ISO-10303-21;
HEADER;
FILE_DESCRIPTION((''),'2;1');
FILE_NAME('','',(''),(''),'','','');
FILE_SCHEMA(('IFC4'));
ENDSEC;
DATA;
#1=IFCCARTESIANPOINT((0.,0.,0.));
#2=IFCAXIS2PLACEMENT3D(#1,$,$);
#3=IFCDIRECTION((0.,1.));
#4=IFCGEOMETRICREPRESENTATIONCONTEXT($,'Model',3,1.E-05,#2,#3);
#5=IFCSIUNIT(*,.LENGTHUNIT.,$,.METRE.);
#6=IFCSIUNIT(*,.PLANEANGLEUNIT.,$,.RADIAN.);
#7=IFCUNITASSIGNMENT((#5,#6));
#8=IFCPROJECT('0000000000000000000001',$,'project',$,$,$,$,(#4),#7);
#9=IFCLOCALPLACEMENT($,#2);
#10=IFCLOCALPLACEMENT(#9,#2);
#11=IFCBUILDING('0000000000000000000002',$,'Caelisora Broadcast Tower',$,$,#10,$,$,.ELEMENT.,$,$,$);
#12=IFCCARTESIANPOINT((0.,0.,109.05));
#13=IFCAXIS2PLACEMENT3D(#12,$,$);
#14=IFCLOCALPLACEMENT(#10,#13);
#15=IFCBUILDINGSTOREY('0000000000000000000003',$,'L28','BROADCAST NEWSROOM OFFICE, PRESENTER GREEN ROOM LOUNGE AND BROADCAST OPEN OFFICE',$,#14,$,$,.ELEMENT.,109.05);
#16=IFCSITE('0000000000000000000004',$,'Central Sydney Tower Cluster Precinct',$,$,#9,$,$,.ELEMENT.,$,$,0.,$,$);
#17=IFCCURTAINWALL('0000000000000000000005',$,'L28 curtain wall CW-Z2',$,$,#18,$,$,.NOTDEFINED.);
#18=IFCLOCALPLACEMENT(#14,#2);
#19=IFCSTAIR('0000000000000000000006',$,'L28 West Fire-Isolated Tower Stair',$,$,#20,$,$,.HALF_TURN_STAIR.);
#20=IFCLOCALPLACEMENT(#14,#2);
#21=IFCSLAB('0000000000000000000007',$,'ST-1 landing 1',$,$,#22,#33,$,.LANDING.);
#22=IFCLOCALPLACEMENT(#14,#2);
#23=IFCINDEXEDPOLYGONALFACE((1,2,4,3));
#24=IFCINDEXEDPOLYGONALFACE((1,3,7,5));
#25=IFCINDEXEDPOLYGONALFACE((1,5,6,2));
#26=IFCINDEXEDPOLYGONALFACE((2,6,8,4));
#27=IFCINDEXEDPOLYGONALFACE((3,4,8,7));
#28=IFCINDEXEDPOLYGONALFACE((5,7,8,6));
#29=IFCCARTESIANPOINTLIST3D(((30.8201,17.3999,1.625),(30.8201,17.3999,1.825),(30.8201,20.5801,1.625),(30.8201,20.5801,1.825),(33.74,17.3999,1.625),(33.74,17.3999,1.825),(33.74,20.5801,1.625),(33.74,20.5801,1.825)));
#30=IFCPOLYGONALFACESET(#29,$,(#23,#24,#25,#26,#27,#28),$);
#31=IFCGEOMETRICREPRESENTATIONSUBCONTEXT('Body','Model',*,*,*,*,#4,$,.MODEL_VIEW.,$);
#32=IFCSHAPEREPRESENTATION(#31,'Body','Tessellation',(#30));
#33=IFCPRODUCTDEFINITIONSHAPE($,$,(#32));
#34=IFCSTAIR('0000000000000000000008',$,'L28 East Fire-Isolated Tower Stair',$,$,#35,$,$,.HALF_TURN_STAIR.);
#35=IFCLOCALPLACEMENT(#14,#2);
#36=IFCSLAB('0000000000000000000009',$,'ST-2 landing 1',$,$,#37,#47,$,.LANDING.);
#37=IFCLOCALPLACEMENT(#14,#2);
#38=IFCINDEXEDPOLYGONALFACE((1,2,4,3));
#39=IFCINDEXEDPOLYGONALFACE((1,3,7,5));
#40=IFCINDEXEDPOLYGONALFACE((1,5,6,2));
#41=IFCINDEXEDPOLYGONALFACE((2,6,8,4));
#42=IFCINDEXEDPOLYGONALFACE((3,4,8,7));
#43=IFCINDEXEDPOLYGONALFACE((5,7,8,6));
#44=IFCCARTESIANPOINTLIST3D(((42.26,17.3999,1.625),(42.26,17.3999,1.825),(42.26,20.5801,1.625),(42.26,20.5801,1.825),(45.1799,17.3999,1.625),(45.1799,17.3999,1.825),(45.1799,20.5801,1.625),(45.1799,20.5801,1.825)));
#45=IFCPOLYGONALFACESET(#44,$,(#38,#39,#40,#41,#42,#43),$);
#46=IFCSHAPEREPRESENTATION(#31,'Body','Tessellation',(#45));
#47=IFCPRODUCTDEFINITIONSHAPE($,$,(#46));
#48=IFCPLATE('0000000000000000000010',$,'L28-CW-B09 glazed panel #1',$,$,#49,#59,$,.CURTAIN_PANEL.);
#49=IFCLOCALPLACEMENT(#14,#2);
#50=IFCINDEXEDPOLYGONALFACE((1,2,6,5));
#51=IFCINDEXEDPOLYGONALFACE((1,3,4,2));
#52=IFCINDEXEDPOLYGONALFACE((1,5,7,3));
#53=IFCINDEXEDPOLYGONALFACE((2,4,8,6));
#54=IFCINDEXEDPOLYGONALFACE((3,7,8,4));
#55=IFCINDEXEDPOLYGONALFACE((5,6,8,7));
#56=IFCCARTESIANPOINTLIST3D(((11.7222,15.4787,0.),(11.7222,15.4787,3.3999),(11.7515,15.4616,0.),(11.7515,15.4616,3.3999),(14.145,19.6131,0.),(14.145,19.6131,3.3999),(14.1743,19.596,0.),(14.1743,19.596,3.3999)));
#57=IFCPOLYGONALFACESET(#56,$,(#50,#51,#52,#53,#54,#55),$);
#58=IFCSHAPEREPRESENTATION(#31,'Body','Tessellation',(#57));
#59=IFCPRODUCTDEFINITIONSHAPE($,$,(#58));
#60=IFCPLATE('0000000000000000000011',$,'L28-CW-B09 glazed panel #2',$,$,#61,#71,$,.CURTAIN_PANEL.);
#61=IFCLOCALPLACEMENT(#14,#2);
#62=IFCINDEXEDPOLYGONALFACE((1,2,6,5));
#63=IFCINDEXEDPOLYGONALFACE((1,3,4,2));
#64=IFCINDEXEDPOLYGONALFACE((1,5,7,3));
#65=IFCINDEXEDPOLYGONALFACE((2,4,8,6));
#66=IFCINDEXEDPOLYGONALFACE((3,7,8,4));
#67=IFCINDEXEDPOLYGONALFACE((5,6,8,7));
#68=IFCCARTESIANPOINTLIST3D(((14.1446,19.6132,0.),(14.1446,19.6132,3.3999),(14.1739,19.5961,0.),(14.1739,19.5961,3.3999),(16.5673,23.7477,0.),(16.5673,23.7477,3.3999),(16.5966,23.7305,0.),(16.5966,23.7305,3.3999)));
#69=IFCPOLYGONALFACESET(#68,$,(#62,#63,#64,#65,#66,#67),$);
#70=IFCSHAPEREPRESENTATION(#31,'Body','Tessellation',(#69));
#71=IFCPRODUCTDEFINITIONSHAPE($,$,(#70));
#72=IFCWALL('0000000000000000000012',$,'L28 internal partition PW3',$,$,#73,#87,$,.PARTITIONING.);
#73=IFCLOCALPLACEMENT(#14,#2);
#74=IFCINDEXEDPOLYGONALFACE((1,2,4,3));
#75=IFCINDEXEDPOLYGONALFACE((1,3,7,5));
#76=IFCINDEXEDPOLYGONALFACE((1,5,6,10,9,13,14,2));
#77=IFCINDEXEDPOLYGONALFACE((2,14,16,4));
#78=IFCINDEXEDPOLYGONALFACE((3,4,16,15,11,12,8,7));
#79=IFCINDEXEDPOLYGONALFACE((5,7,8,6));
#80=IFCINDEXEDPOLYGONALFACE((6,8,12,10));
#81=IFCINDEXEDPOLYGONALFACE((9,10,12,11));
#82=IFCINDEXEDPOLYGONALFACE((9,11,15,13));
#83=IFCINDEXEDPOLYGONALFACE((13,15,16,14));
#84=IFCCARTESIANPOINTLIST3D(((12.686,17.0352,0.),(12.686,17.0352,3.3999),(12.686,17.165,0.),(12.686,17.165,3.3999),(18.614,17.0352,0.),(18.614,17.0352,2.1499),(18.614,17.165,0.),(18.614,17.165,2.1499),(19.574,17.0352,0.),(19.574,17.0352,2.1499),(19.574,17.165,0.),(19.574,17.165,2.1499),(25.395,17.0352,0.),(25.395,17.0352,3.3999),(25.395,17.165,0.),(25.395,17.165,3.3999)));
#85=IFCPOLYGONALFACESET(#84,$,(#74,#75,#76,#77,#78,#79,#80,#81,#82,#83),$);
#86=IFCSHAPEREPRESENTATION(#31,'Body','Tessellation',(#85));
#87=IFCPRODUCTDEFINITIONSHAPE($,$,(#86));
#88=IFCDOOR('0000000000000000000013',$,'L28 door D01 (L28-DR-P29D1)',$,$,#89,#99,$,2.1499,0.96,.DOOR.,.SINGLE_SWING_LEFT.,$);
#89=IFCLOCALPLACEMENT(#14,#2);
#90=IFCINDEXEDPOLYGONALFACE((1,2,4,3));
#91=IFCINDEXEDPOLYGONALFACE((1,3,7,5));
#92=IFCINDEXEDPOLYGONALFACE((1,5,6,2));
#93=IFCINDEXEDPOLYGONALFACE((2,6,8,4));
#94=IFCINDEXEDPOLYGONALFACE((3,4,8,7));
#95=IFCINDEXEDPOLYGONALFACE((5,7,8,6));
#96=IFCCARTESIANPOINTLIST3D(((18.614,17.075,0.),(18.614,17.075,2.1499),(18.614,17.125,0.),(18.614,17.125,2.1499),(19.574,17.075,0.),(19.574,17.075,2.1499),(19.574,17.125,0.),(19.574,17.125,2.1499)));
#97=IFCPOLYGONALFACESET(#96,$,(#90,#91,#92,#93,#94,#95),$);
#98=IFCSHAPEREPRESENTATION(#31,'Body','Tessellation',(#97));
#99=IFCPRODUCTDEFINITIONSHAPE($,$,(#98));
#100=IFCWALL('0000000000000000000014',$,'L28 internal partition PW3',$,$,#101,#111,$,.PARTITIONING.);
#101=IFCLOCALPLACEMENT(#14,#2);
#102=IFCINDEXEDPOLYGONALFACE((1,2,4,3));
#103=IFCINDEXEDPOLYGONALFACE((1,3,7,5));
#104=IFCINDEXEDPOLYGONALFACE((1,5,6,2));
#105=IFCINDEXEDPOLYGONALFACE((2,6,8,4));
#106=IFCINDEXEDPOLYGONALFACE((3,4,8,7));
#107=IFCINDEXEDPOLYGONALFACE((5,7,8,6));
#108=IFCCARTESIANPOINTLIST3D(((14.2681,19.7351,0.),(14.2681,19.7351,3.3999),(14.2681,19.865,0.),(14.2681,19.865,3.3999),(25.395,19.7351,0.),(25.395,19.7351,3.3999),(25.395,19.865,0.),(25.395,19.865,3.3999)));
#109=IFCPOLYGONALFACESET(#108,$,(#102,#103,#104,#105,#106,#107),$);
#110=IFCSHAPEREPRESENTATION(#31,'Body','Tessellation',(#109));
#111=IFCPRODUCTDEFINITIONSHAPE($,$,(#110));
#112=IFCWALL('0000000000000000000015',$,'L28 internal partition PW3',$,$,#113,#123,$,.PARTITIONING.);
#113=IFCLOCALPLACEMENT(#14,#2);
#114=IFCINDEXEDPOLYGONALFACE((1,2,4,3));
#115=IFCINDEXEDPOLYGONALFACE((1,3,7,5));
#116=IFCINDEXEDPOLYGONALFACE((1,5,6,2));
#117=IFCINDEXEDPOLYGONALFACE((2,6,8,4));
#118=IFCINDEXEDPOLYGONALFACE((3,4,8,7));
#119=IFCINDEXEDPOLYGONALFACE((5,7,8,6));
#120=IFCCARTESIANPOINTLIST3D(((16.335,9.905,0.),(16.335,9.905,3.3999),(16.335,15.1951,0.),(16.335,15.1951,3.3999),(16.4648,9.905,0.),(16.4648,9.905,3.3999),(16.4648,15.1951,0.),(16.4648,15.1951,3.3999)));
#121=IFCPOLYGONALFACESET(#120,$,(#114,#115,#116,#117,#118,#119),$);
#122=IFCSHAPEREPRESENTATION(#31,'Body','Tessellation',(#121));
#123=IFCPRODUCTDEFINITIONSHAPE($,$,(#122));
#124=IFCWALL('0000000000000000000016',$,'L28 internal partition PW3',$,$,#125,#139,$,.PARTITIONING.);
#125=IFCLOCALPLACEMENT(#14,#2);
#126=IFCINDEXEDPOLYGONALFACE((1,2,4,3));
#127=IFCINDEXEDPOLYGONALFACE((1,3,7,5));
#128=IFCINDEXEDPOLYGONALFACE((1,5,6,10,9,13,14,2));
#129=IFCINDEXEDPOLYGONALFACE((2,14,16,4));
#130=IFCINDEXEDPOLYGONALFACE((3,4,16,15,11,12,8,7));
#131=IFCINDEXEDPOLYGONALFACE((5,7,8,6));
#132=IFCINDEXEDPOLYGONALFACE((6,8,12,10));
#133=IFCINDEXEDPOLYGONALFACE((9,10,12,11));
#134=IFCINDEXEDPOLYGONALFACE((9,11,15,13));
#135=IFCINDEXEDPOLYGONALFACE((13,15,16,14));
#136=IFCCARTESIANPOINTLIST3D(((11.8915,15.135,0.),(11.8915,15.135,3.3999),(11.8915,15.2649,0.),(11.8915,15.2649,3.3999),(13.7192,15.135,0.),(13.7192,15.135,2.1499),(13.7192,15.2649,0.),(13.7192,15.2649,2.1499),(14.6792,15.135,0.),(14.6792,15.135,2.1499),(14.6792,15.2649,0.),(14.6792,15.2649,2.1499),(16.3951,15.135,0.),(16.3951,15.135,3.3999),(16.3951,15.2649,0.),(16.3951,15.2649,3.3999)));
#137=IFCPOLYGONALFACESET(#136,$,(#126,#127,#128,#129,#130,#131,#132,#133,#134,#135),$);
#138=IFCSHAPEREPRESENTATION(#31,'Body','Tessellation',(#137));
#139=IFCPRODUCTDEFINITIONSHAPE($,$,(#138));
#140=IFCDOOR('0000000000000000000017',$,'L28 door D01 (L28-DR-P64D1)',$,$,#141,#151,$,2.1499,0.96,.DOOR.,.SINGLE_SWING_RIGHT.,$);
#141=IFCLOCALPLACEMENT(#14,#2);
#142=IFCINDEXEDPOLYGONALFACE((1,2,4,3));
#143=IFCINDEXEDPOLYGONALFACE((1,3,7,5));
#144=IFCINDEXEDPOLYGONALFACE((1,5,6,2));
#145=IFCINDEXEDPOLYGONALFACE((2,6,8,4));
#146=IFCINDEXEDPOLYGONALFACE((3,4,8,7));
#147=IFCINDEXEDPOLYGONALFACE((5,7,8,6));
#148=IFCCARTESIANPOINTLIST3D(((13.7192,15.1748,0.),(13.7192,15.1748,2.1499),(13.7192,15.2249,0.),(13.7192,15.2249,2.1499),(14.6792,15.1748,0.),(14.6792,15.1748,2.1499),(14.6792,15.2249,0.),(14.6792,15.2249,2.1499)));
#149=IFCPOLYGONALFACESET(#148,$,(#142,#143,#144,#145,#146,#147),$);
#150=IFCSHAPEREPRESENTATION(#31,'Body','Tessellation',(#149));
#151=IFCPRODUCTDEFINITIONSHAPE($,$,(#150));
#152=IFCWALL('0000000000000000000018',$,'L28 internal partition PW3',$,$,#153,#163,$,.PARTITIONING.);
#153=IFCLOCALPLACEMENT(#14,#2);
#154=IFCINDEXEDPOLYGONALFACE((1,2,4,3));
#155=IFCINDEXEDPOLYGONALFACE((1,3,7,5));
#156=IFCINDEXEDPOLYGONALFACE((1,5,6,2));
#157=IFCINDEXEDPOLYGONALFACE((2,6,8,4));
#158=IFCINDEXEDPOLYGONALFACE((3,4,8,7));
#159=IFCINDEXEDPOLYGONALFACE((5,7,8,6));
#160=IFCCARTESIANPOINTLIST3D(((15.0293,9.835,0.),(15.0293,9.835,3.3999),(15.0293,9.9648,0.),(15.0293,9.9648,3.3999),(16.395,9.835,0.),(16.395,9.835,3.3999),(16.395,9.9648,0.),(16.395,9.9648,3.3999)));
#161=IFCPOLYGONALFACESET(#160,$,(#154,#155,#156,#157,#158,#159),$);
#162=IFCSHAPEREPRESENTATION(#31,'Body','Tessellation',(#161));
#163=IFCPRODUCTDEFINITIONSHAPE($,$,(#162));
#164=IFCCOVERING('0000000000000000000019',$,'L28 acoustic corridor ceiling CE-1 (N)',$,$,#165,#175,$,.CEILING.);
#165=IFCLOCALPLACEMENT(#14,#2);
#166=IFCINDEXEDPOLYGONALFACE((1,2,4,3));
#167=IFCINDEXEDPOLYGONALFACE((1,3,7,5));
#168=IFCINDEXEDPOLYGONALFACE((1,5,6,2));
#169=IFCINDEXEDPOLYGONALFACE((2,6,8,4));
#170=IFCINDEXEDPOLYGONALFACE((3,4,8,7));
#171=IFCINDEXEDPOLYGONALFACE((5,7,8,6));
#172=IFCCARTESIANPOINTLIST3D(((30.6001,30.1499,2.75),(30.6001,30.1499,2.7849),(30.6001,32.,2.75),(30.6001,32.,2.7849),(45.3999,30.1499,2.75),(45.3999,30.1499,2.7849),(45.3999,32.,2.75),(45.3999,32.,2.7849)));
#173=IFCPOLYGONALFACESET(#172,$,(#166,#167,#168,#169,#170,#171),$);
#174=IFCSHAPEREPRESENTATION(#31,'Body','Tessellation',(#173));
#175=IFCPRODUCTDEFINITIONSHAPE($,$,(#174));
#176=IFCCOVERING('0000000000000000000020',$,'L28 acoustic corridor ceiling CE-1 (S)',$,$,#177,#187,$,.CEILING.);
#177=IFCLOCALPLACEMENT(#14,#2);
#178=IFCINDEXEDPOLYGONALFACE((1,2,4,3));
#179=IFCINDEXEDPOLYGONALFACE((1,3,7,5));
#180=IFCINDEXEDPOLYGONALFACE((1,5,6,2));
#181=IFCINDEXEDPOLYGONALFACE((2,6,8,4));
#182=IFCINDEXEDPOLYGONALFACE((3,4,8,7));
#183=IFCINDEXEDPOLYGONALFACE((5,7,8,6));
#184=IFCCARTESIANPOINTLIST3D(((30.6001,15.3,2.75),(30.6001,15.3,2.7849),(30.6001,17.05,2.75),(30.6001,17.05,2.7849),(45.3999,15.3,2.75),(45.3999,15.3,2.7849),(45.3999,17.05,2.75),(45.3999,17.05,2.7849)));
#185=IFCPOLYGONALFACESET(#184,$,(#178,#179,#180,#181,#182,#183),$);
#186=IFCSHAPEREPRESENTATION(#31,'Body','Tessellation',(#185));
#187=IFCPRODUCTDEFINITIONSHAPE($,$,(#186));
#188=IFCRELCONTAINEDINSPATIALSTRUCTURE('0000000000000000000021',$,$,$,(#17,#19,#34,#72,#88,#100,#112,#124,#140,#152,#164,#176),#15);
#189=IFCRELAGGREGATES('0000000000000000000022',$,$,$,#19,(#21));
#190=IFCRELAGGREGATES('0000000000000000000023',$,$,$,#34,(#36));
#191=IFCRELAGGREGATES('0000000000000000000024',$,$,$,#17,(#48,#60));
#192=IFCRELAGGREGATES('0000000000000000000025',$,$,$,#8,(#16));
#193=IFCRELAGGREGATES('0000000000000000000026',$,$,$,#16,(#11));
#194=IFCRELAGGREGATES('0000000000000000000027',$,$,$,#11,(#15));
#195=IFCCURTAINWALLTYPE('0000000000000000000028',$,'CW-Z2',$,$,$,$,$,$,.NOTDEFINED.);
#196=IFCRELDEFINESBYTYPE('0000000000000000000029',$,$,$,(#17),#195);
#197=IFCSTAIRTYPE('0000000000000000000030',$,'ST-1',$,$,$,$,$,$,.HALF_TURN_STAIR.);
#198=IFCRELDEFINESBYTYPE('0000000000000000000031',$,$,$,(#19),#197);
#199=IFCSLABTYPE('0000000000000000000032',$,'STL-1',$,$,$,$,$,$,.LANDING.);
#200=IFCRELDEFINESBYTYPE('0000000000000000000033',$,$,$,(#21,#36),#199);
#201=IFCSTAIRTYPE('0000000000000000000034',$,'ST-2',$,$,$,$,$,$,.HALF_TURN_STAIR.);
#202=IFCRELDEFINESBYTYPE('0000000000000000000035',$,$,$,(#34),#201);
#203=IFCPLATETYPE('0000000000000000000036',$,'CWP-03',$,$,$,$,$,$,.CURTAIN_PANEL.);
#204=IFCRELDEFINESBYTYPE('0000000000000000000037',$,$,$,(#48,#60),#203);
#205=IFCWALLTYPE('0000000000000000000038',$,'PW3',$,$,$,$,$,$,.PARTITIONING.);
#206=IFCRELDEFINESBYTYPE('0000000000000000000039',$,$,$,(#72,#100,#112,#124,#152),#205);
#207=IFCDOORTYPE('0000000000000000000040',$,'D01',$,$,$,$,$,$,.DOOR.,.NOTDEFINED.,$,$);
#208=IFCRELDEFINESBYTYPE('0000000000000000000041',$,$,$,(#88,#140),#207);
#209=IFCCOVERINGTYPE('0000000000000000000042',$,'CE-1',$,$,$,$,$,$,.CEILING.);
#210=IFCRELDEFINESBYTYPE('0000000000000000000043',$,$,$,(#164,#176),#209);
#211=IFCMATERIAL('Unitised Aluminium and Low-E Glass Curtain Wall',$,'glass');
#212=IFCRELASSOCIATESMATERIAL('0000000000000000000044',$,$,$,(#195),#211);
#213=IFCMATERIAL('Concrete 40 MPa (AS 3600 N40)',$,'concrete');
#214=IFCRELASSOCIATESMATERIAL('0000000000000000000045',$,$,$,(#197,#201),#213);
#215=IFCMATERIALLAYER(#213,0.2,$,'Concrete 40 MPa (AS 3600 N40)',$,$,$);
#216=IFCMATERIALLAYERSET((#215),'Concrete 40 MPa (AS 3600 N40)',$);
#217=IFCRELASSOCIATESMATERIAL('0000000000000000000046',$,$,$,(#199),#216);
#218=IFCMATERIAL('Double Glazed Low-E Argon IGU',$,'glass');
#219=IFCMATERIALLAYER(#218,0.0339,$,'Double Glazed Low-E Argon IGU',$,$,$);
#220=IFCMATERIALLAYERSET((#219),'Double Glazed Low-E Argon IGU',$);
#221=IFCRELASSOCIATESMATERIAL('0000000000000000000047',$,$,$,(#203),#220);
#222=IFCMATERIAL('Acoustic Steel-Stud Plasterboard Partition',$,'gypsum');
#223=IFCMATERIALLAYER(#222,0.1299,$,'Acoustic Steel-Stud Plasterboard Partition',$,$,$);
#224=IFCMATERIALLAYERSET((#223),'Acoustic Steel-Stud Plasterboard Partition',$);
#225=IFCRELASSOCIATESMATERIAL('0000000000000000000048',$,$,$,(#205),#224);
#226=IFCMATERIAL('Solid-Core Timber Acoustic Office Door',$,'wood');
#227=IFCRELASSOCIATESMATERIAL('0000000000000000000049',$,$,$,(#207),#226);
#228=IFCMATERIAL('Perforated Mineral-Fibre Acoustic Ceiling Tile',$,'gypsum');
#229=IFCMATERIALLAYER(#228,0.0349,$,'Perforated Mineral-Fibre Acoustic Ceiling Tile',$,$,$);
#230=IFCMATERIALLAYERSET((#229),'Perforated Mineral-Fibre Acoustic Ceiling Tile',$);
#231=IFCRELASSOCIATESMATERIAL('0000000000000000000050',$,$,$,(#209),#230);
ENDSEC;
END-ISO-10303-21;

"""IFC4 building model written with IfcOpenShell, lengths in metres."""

from ifc_helpers import new_model, si_unit, direction, frame, frame_2d, origin, origin_2d, place, context, subcontext, project, spatial, polyline, rectangle, outline, extrude, source, transform, mapped, material, layer, layer_set, type_object, type_shapes, element, fill, aggregate, save


model = new_model("IFC4")

# Units and contexts
model_context = context("Model", 3, precision=1e-05, world=origin(), true_north=direction((0.0, 1.0)))
body_context = subcontext(model_context, "Body", "Model", "MODEL_VIEW")
ifc_project = project(units=[si_unit("LENGTHUNIT", "METRE"), si_unit("PLANEANGLEUNIT", "RADIAN")], contexts=[model_context])

# Site, building, storey
site_placement = place(None, origin())
site = spatial("IfcSite", under=ifc_project, at=site_placement, Name="Central Sydney Tower Cluster Precinct", CompositionType="ELEMENT", RefElevation=0.0)
building_placement = place(site_placement, origin())
building = spatial("IfcBuilding", under=site, at=building_placement, Name="Caelisora Broadcast Tower", CompositionType="ELEMENT")
storey_placement = place(building_placement, frame((0.0, 0.0, 109.05)))
storey = spatial("IfcBuildingStorey", under=building, at=storey_placement, Name="L28", Description="BROADCAST NEWSROOM OFFICE, PRESENTER GREEN ROOM LOUNGE AND BROADCAST OPEN OFFICE", CompositionType="ELEMENT", Elevation=109.05)

# Curtain wall
ifc_material_1 = material(Name="Unitised Aluminium and Low-E Glass Curtain Wall", Category="glass")
curtain_wall_type = type_object("IfcCurtainWallType", Name="CW-Z2", PredefinedType="NOTDEFINED", material=ifc_material_1)
curtain_wall_placement = place(storey_placement, origin())
curtain_wall = element("IfcCurtainWall", 1, at=curtain_wall_placement, inside=storey, type_object=curtain_wall_type, Name="L28 curtain wall CW-Z2", PredefinedType="NOTDEFINED")

# Shared definitions
ifc_material_2 = material(Name="Concrete 40 MPa (AS 3600 N40)", Category="concrete")

# Stairs, slabs
stair_type_1 = type_object("IfcStairType", Name="ST-1", PredefinedType="HALF_TURN_STAIR", material=ifc_material_2)
stair_1_placement = place(storey_placement, origin())
stair_1 = element("IfcStair", 2, at=stair_1_placement, inside=storey, type_object=stair_type_1, Name="L28 West Fire-Isolated Tower Stair", PredefinedType="HALF_TURN_STAIR")
ifc_layer_1 = layer(ifc_material_2, 0.2, Name="Concrete 40 MPa (AS 3600 N40)")
ifc_layer_set_1 = layer_set([ifc_layer_1], Name="Concrete 40 MPa (AS 3600 N40)")
slab_type_1 = type_object("IfcSlabType", Name="STL-1", PredefinedType="LANDING", material=ifc_layer_set_1)
slab_1_placement = place(storey_placement, frame((0.0, 0.0, 1.625)))
slab_1 = element("IfcSlab", 3, at=slab_1_placement, type_object=slab_type_1, Name="ST-1 landing 1", PredefinedType="LANDING", context=body_context, shape_type="SweptSolid", body=[
    extrude(outline(polyline([(30.8201, 20.5801), (30.8201, 17.3999), (33.74, 17.3999), (33.74, 20.5801), (30.8201, 20.5801)])), origin(), (0.0, 0.0, 1.0), 0.2),
])
aggregate(stair_1, [slab_1])
stair_type_2 = type_object("IfcStairType", Name="ST-2", PredefinedType="HALF_TURN_STAIR", material=ifc_material_2)
stair_2_placement = place(storey_placement, origin())
stair_2 = element("IfcStair", 4, at=stair_2_placement, inside=storey, type_object=stair_type_2, Name="L28 East Fire-Isolated Tower Stair", PredefinedType="HALF_TURN_STAIR")
slab_2_placement = place(storey_placement, frame((0.0, 0.0, 1.625)))
slab_2 = element("IfcSlab", 5, at=slab_2_placement, type_object=slab_type_1, Name="ST-2 landing 1", PredefinedType="LANDING", context=body_context, shape_type="SweptSolid", body=[
    extrude(outline(polyline([(42.26, 20.5801), (42.26, 17.3999), (45.1799, 17.3999), (45.1799, 20.5801), (42.26, 20.5801)])), origin(), (0.0, 0.0, 1.0), 0.2),
])
aggregate(stair_2, [slab_2])

# Plates
ifc_material_3 = material(Name="Double Glazed Low-E Argon IGU", Category="glass")
ifc_layer_2 = layer(ifc_material_3, 0.0339, Name="Double Glazed Low-E Argon IGU")
ifc_layer_set_2 = layer_set([ifc_layer_2], Name="Double Glazed Low-E Argon IGU")
plate_type = type_object("IfcPlateType", Name="CWP-03", PredefinedType="CURTAIN_PANEL", material=ifc_layer_set_2)
shared_shape_1 = source(origin(), body_context, "Body", "SweptSolid", [
    extrude(rectangle(XDim=4.792, YDim=0.0339, at=origin_2d()), origin(), (0.0, 0.0, 1.0), 3.3999),
])
type_shapes(plate_type, [shared_shape_1])
plate_1_placement = place(storey_placement, frame((12.9482, 17.5374, 0.0), z_axis=(0.0, 0.0, 1.0), x_axis=(0.505582, 0.862779, 0.0)))
plate_1 = element("IfcPlate", 6, at=plate_1_placement, type_object=plate_type, Name="L28-CW-B09 glazed panel #1", PredefinedType="CURTAIN_PANEL", context=body_context, shape_type="MappedRepresentation", body=[
    mapped(shared_shape_1, transform((0.0, 0.0, 0.0), scale=1.0)),
])
plate_2_placement = place(storey_placement, frame((15.3706, 21.6719, 0.0), z_axis=(0.0, 0.0, 1.0), x_axis=(0.505582, 0.862779, 0.0)))
plate_2 = element("IfcPlate", 7, at=plate_2_placement, type_object=plate_type, Name="L28-CW-B09 glazed panel #2", PredefinedType="CURTAIN_PANEL", context=body_context, shape_type="MappedRepresentation", body=[
    mapped(shared_shape_1, transform((0.0, 0.0, 0.0), scale=1.0)),
])
aggregate(curtain_wall, [plate_1, plate_2])

# Wall, opening, door
ifc_material_4 = material(Name="Acoustic Steel-Stud Plasterboard Partition", Category="gypsum")
ifc_layer_3 = layer(ifc_material_4, 0.1299, Name="Acoustic Steel-Stud Plasterboard Partition")
ifc_layer_set_3 = layer_set([ifc_layer_3], Name="Acoustic Steel-Stud Plasterboard Partition")
wall_type = type_object("IfcWallType", Name="PW3", PredefinedType="PARTITIONING", material=ifc_layer_set_3)
wall_1_placement = place(storey_placement, frame((12.686, 17.1001, 0.0), z_axis=(0.0, 0.0, 1.0), x_axis=(1.0, 0.0, 0.0)))
wall_1 = element("IfcWall", 8, at=wall_1_placement, inside=storey, type_object=wall_type, Name="L28 internal partition PW3", PredefinedType="PARTITIONING", context=body_context, shape_type="SweptSolid", body=[
    extrude(rectangle(XDim=12.709, YDim=0.1299, at=frame_2d((6.3545, 0.0))), origin(), (0.0, 0.0, 1.0), 3.3999),
])
opening_1_placement = place(wall_1_placement, frame((5.928, 0.0, 0.0)))
opening_1 = element("IfcOpeningElement", 9, at=opening_1_placement, cuts=wall_1, PredefinedType="OPENING", context=body_context, shape_type="SweptSolid", body=[
    extrude(rectangle(XDim=0.96, YDim=2.1499, at=frame_2d((0.48, 1.075))), frame((0.0, 0.0769, 0.0), z_axis=(0.0, -1.0, 0.0), x_axis=(1.0, 0.0, 0.0)), (0.0, 0.0, 1.0), 0.1538),
])
ifc_material_5 = material(Name="Solid-Core Timber Acoustic Office Door", Category="wood")
door_type = type_object("IfcDoorType", Name="D01", OperationType="NOTDEFINED", PredefinedType="DOOR", material=ifc_material_5)
door_1_placement = place(opening_1_placement, origin())
door_1 = element("IfcDoor", 10, at=door_1_placement, inside=storey, type_object=door_type, Name="L28 door D01 (L28-DR-P29D1)", OperationType="SINGLE_SWING_LEFT", OverallHeight=2.1499, OverallWidth=0.96, PredefinedType="DOOR", context=body_context, shape_type="SweptSolid", body=[
    extrude(rectangle(XDim=0.96, YDim=2.1499, at=frame_2d((0.48, 1.075))), frame((0.0, 0.0249, 0.0), z_axis=(0.0, -1.0, 0.0), x_axis=(1.0, 0.0, 0.0)), (0.0, 0.0, 1.0), 0.05),
])
fill(opening_1, door_1)

# Walls
wall_2_placement = place(storey_placement, frame((14.2681, 19.8, 0.0), z_axis=(0.0, 0.0, 1.0), x_axis=(1.0, 0.0, 0.0)))
element("IfcWall", 11, at=wall_2_placement, inside=storey, type_object=wall_type, Name="L28 internal partition PW3", PredefinedType="PARTITIONING", context=body_context, shape_type="SweptSolid", body=[
    extrude(rectangle(XDim=11.127, YDim=0.1299, at=frame_2d((5.5635, 0.0))), origin(), (0.0, 0.0, 1.0), 3.3999),
])
wall_3_placement = place(storey_placement, frame((16.3999, 9.905, 0.0), z_axis=(0.0, 0.0, 1.0), x_axis=(0.0, 1.0, 0.0)))
element("IfcWall", 12, at=wall_3_placement, inside=storey, type_object=wall_type, Name="L28 internal partition PW3", PredefinedType="PARTITIONING", context=body_context, shape_type="SweptSolid", body=[
    extrude(rectangle(XDim=5.29, YDim=0.1299, at=frame_2d((2.645, 0.0))), origin(), (0.0, 0.0, 1.0), 3.3999),
])

# Wall, opening, door
wall_4_placement = place(storey_placement, frame((11.8914, 15.2, 0.0), z_axis=(0.0, 0.0, 1.0), x_axis=(1.0, 0.0, 0.0)))
wall_4 = element("IfcWall", 13, at=wall_4_placement, inside=storey, type_object=wall_type, Name="L28 internal partition PW3", PredefinedType="PARTITIONING", context=body_context, shape_type="SweptSolid", body=[
    extrude(rectangle(XDim=4.5037, YDim=0.1299, at=frame_2d((2.252, 0.0))), origin(), (0.0, 0.0, 1.0), 3.3999),
])
opening_2_placement = place(wall_4_placement, frame((1.8279, 0.0, 0.0)))
opening_2 = element("IfcOpeningElement", 14, at=opening_2_placement, cuts=wall_4, PredefinedType="OPENING", context=body_context, shape_type="SweptSolid", body=[
    extrude(rectangle(XDim=0.96, YDim=2.1499, at=frame_2d((0.48, 1.075))), frame((0.0, 0.0769, 0.0), z_axis=(0.0, -1.0, 0.0), x_axis=(1.0, 0.0, 0.0)), (0.0, 0.0, 1.0), 0.1538),
])
door_2_placement = place(opening_2_placement, origin())
door_2 = element("IfcDoor", 15, at=door_2_placement, inside=storey, type_object=door_type, Name="L28 door D01 (L28-DR-P64D1)", OperationType="SINGLE_SWING_RIGHT", OverallHeight=2.1499, OverallWidth=0.96, PredefinedType="DOOR", context=body_context, shape_type="SweptSolid", body=[
    extrude(rectangle(XDim=0.96, YDim=2.1499, at=frame_2d((0.48, 1.075))), frame((0.0, 0.0249, 0.0), z_axis=(0.0, -1.0, 0.0), x_axis=(1.0, 0.0, 0.0)), (0.0, 0.0, 1.0), 0.05),
])
fill(opening_2, door_2)

# Wall
wall_5_placement = place(storey_placement, frame((15.0293, 9.8999, 0.0), z_axis=(0.0, 0.0, 1.0), x_axis=(1.0, 0.0, 0.0)))
element("IfcWall", 16, at=wall_5_placement, inside=storey, type_object=wall_type, Name="L28 internal partition PW3", PredefinedType="PARTITIONING", context=body_context, shape_type="SweptSolid", body=[
    extrude(rectangle(XDim=1.3657, YDim=0.1299, at=frame_2d((0.6829, 0.0))), origin(), (0.0, 0.0, 1.0), 3.3999),
])

# Coverings
ifc_material_6 = material(Name="Perforated Mineral-Fibre Acoustic Ceiling Tile", Category="gypsum")
ifc_layer_4 = layer(ifc_material_6, 0.0349, Name="Perforated Mineral-Fibre Acoustic Ceiling Tile")
ifc_layer_set_4 = layer_set([ifc_layer_4], Name="Perforated Mineral-Fibre Acoustic Ceiling Tile")
covering_type_1 = type_object("IfcCoveringType", Name="CE-1", PredefinedType="CEILING", material=ifc_layer_set_4)
covering_1_placement = place(storey_placement, frame((0.0, 0.0, 2.75)))
element("IfcCovering", 17, at=covering_1_placement, inside=storey, type_object=covering_type_1, Name="L28 acoustic corridor ceiling CE-1 (N)", PredefinedType="CEILING", context=body_context, shape_type="SweptSolid", body=[
    extrude(outline(polyline([(30.6001, 30.1499), (45.3999, 30.1499), (45.3999, 32.0), (30.6001, 32.0), (30.6001, 30.1499)])), origin(), (0.0, 0.0, 1.0), 0.0349),
])
covering_2_placement = place(storey_placement, frame((0.0, 0.0, 2.75)))
element("IfcCovering", 18, at=covering_2_placement, inside=storey, type_object=covering_type_1, Name="L28 acoustic corridor ceiling CE-1 (S)", PredefinedType="CEILING", context=body_context, shape_type="SweptSolid", body=[
    extrude(outline(polyline([(30.6001, 15.3), (45.3999, 15.3), (45.3999, 17.05), (30.6001, 17.05), (30.6001, 15.3)])), origin(), (0.0, 0.0, 1.0), 0.0349),
])

save(model, "model.ifc")
